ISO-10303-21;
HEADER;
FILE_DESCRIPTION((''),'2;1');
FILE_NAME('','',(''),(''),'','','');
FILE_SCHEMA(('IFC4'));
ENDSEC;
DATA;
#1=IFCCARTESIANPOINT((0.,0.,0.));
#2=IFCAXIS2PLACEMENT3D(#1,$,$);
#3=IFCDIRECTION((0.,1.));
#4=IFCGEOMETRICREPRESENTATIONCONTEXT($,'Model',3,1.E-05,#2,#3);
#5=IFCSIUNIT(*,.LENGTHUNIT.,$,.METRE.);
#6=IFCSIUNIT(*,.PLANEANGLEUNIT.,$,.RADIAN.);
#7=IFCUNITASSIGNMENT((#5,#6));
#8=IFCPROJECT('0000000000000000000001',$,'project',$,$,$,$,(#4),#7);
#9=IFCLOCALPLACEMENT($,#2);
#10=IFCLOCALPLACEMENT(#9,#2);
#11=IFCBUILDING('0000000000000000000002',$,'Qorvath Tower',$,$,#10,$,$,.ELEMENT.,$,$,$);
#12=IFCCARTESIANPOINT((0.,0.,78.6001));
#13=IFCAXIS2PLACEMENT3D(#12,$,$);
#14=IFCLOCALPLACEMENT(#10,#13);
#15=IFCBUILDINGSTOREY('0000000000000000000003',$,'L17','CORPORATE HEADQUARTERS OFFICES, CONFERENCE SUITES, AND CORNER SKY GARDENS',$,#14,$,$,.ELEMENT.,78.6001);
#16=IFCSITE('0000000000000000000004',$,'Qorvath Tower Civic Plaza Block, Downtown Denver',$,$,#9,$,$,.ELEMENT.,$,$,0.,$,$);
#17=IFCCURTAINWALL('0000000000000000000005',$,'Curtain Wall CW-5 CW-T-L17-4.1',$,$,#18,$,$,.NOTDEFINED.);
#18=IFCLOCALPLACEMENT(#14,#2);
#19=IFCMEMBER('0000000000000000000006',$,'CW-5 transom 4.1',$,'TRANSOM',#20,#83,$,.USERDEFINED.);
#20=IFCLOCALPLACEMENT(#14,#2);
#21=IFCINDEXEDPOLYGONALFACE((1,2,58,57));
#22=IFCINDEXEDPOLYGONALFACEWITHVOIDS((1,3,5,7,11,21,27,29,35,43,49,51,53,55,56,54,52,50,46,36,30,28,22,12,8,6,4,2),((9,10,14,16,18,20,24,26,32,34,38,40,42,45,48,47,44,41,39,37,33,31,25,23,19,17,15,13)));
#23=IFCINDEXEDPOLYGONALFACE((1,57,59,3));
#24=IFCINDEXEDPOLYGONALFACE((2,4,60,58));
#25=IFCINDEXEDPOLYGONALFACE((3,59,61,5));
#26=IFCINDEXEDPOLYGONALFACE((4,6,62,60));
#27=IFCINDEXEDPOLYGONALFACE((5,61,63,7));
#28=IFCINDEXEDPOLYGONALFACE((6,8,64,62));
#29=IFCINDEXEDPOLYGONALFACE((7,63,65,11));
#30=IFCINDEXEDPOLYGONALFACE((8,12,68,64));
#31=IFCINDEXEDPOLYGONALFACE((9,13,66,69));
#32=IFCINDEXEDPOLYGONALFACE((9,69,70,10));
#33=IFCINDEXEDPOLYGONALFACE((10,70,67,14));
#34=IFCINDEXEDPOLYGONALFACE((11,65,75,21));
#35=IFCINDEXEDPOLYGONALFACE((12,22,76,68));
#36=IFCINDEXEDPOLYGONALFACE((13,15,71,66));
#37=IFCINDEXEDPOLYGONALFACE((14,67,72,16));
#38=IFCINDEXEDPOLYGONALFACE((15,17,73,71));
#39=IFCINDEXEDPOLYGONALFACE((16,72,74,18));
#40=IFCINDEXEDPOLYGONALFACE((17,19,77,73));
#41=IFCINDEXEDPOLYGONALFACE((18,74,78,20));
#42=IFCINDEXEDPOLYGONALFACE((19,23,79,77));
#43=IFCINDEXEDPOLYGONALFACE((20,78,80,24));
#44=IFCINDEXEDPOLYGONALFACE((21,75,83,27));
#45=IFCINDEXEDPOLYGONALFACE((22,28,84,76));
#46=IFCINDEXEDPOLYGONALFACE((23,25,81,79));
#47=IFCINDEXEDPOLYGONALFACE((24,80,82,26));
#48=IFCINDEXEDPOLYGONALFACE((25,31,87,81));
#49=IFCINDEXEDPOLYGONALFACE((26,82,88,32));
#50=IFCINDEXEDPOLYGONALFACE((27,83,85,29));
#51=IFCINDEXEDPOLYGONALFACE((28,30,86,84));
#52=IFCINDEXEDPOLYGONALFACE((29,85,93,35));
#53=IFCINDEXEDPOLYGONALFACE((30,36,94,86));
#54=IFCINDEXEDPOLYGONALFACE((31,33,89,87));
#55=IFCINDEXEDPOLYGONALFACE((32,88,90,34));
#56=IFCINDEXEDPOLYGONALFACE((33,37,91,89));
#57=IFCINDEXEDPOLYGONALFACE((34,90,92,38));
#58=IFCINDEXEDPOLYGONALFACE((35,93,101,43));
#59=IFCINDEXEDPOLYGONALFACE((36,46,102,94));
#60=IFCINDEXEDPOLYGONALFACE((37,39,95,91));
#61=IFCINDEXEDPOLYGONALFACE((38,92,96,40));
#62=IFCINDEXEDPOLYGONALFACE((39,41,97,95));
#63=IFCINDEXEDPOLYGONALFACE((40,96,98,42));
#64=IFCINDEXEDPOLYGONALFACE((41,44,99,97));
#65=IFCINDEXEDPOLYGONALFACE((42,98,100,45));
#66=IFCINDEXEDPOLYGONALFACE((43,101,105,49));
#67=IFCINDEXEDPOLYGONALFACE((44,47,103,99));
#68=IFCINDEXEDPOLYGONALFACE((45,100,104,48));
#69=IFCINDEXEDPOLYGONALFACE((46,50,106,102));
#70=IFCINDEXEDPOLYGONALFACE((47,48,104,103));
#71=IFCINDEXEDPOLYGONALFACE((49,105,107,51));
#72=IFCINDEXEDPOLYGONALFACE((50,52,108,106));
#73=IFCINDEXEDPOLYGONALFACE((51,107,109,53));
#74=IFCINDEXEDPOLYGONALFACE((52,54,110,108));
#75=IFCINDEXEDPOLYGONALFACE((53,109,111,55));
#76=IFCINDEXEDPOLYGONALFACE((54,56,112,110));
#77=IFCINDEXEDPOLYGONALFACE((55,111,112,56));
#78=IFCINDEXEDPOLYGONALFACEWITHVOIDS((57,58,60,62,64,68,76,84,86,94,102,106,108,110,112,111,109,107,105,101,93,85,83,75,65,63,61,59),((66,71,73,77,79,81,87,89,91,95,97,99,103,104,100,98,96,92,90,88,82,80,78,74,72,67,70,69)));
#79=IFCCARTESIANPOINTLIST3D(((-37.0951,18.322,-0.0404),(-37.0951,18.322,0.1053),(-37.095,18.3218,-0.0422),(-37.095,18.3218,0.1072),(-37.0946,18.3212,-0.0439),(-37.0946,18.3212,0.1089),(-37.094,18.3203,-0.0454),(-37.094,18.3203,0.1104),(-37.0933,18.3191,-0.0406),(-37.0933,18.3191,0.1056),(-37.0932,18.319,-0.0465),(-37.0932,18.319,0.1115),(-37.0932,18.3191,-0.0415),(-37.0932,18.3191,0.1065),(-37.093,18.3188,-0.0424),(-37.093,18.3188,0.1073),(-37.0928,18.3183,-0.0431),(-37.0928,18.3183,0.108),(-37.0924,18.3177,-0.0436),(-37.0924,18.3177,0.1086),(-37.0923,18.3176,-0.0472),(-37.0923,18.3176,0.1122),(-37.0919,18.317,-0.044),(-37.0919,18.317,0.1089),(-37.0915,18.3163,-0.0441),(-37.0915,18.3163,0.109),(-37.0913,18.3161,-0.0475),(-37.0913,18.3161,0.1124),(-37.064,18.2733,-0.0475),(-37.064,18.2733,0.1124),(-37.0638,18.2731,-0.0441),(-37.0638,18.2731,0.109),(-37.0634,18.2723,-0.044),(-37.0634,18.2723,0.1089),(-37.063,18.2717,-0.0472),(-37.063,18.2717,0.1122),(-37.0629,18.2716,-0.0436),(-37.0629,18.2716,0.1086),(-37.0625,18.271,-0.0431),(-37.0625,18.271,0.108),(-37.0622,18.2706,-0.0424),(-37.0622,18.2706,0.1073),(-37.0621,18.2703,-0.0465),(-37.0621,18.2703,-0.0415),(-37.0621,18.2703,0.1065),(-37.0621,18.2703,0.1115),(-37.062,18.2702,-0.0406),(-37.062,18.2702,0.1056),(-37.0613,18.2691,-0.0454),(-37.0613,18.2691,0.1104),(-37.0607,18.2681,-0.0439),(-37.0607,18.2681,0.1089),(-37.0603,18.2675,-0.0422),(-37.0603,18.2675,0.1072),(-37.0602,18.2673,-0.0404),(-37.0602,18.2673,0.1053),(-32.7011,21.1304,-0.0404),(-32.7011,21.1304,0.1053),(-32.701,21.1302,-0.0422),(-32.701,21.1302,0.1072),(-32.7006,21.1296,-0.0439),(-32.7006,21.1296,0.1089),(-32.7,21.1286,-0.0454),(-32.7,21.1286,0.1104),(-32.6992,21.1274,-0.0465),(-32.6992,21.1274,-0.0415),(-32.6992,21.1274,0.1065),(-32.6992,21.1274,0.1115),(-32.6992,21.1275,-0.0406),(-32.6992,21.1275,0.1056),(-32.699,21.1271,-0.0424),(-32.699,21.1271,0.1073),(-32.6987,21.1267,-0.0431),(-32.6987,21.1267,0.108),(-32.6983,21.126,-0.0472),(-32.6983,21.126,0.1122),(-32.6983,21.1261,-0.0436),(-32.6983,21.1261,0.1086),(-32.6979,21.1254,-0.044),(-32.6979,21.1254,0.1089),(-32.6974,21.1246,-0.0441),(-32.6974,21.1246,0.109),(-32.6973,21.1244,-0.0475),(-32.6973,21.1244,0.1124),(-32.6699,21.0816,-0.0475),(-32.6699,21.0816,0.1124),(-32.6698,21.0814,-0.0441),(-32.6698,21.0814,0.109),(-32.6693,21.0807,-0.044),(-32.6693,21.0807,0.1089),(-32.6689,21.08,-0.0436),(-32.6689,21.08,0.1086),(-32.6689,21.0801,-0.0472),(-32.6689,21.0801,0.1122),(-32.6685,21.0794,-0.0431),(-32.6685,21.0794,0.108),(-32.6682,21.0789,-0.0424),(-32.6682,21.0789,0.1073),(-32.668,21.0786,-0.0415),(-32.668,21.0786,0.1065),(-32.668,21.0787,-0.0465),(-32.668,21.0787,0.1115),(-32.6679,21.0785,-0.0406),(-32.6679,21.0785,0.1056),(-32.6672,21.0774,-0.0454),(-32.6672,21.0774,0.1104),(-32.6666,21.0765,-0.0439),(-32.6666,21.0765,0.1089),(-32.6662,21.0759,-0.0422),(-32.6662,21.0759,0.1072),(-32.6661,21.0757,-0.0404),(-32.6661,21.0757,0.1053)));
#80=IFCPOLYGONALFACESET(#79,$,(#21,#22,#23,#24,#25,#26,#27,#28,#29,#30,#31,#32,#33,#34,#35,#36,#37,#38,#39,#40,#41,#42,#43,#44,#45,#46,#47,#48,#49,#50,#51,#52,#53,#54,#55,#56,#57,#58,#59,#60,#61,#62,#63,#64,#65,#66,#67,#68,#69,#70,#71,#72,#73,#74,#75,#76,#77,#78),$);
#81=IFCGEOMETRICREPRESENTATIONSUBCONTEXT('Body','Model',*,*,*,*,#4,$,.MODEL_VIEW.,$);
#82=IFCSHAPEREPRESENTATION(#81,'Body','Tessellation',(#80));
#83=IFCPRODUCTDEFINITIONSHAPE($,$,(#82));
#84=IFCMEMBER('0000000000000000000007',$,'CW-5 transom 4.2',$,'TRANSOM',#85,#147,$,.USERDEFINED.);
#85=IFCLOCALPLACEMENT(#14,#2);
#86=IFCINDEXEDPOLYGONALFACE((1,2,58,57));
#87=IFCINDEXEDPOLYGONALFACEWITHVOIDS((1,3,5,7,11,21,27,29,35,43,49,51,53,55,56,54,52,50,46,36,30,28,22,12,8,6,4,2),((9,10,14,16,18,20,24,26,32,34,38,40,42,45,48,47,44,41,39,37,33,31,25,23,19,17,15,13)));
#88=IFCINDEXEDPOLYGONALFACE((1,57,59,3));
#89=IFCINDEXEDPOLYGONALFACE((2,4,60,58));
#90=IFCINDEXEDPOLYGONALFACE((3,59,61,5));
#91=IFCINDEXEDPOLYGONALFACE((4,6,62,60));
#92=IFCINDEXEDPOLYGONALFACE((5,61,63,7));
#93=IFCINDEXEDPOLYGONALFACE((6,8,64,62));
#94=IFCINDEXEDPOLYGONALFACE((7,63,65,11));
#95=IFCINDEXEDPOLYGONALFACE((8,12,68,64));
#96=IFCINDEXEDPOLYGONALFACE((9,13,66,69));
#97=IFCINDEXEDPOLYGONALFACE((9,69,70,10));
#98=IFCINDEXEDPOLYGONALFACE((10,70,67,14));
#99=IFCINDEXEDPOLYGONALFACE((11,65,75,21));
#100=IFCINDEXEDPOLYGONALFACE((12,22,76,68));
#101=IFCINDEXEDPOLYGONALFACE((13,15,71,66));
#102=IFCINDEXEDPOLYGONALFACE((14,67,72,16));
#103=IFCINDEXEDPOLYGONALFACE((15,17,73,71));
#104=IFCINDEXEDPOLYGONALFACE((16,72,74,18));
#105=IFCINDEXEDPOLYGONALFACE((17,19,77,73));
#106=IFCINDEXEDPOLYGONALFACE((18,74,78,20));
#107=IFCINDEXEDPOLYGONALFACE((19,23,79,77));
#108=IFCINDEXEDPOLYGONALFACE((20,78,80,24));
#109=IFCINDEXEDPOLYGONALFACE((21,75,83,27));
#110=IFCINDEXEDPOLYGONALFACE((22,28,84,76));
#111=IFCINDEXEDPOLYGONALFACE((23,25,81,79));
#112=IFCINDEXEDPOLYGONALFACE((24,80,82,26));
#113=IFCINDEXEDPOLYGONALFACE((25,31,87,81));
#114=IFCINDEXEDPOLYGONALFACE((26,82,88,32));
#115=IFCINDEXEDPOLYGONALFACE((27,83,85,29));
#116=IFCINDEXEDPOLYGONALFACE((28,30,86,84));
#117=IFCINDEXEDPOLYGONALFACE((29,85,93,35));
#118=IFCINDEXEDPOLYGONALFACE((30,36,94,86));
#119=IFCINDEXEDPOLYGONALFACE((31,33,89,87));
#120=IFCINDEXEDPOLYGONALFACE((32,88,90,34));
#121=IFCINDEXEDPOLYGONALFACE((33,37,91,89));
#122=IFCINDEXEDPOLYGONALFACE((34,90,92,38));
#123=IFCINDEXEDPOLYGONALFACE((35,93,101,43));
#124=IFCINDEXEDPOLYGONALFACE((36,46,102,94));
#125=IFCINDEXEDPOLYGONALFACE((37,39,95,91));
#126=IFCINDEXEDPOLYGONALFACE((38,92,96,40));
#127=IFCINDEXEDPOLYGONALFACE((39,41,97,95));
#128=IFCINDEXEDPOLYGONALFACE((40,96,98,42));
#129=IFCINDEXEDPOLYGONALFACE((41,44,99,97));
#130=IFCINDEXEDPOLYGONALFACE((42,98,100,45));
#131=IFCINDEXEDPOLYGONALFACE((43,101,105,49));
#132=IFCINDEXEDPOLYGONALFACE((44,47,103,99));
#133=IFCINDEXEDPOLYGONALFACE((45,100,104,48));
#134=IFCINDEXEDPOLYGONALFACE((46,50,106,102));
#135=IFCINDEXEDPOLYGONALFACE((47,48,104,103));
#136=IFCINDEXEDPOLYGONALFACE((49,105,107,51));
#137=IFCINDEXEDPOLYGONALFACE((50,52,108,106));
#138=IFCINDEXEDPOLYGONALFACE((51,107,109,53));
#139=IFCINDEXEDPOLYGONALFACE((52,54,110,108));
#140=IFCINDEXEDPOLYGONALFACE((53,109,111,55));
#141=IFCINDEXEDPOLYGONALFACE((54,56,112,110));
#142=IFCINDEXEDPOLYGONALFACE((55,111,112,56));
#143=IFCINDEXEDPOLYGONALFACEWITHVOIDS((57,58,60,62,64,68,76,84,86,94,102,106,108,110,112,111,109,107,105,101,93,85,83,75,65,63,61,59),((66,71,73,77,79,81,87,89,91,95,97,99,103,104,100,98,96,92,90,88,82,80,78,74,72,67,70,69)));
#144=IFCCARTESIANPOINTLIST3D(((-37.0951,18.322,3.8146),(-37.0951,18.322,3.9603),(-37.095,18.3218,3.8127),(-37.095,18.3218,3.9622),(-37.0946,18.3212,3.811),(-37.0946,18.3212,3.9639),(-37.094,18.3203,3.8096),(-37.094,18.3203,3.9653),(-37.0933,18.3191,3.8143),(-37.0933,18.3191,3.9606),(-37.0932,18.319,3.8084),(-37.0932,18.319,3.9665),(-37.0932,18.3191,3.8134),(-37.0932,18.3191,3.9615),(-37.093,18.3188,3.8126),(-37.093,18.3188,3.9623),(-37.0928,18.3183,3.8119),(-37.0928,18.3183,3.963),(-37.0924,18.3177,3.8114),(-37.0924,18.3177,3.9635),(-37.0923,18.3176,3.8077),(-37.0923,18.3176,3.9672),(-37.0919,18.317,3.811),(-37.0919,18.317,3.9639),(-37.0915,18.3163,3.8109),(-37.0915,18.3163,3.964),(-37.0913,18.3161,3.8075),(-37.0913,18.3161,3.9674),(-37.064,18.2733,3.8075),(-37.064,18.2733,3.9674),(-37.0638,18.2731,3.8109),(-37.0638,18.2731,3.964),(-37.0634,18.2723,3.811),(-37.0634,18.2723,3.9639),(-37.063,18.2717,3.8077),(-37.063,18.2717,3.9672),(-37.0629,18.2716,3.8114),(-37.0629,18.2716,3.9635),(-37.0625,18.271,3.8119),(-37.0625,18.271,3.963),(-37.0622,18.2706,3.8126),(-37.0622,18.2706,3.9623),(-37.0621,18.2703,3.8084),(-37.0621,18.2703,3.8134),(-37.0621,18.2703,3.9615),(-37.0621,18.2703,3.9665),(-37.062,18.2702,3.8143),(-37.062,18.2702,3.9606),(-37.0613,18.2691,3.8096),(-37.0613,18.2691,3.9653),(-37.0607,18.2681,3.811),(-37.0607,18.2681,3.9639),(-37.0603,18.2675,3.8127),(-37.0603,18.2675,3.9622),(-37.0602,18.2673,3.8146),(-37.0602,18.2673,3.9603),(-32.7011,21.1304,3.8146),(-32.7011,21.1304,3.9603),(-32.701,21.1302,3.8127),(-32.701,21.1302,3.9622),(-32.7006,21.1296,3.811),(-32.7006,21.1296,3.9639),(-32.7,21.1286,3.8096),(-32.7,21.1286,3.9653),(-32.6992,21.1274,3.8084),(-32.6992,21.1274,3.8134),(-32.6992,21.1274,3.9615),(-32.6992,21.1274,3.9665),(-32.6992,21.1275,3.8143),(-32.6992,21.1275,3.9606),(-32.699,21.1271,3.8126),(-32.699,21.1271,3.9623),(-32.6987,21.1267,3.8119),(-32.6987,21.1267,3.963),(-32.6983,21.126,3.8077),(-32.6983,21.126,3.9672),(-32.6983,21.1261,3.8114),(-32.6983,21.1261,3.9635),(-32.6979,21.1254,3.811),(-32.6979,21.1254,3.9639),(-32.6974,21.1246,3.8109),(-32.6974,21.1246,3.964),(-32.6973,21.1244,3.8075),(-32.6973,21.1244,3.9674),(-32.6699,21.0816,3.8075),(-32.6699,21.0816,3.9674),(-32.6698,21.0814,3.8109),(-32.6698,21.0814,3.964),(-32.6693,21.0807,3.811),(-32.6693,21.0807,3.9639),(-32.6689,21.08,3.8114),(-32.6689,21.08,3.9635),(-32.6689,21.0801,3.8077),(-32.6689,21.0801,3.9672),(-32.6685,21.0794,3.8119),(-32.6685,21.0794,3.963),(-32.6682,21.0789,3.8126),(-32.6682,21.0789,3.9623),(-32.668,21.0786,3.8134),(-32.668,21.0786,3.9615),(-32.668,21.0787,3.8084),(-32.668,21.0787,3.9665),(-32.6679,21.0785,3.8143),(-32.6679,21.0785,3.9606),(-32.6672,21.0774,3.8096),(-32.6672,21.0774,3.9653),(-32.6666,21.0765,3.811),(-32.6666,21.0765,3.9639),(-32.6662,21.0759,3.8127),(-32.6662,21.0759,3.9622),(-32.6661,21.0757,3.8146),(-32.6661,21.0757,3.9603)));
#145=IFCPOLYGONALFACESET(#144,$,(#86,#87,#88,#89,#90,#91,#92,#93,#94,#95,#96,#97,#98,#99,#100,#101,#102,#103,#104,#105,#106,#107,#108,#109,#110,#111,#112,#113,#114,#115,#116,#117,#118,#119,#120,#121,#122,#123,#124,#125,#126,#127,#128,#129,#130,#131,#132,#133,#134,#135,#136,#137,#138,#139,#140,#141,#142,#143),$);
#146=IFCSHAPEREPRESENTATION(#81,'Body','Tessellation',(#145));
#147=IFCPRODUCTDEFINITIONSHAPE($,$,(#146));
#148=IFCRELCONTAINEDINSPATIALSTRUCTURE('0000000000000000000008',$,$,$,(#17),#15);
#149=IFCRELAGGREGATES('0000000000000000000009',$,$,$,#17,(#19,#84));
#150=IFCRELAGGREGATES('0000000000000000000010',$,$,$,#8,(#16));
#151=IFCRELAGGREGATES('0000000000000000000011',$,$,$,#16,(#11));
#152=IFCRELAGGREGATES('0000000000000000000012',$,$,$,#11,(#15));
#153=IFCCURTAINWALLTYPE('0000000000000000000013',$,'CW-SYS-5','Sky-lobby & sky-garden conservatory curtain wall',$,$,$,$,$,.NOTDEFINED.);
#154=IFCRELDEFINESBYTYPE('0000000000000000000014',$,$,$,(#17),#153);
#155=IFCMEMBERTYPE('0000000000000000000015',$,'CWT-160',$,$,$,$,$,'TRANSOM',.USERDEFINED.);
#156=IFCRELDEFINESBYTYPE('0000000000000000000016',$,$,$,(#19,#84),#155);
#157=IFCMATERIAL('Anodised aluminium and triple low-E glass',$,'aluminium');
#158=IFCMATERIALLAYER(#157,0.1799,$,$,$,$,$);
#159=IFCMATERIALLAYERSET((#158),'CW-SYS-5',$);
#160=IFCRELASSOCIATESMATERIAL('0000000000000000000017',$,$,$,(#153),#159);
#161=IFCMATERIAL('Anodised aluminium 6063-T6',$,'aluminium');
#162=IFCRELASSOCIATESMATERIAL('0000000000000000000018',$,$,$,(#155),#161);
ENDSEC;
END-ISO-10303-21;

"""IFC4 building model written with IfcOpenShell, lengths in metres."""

from ifc_helpers import new_model, si_unit, direction, frame, origin, origin_2d, place, context, subcontext, project, spatial, hollow_rectangle, extrude, material, layer, layer_set, material_profile, profile_set, type_object, element, aggregate, save


model = new_model("IFC4")

# Units and contexts
model_context = context("Model", 3, precision=1e-05, world=origin(), true_north=direction((0.0, 1.0)))
body_context = subcontext(model_context, "Body", "Model", "MODEL_VIEW")
ifc_project = project(units=[si_unit("LENGTHUNIT", "METRE"), si_unit("PLANEANGLEUNIT", "RADIAN")], contexts=[model_context])

# Site, building, storey
site_placement = place(None, origin())
site = spatial("IfcSite", under=ifc_project, at=site_placement, Name="Qorvath Tower Civic Plaza Block, Downtown Denver", CompositionType="ELEMENT", RefElevation=0.0)
building_placement = place(site_placement, origin())
building = spatial("IfcBuilding", under=site, at=building_placement, Name="Qorvath Tower", CompositionType="ELEMENT")
storey_placement = place(building_placement, frame((0.0, 0.0, 78.6001)))
storey = spatial("IfcBuildingStorey", under=building, at=storey_placement, Name="L17", Description="CORPORATE HEADQUARTERS OFFICES, CONFERENCE SUITES, AND CORNER SKY GARDENS", CompositionType="ELEMENT", Elevation=78.6001)

# Curtain wall, members
ifc_material_1 = material(Name="Anodised aluminium and triple low-E glass", Category="aluminium")
ifc_layer_1 = layer(ifc_material_1, 0.1799)
ifc_layer_set_1 = layer_set([ifc_layer_1], Name="CW-SYS-5")
curtain_wall_type = type_object("IfcCurtainWallType", Name="CW-SYS-5", Description="Sky-lobby & sky-garden conservatory curtain wall", PredefinedType="NOTDEFINED", material=ifc_layer_set_1)
curtain_wall_placement = place(storey_placement, origin())
curtain_wall = element("IfcCurtainWall", 1, at=curtain_wall_placement, inside=storey, type_object=curtain_wall_type, Name="Curtain Wall CW-5 CW-T-L17-4.1", PredefinedType="NOTDEFINED")
ifc_material_2 = material(Name="Anodised aluminium 6063-T6", Category="aluminium")
ifc_material_profile_1 = material_profile(ifc_material_2, hollow_rectangle(XDim=0.0649, YDim=0.1599, WallThickness=0.0034, InnerFilletRadius=0.0034, OuterFilletRadius=0.0071, at=origin_2d()), Name="CWT 160x65")
ifc_profile_set_1 = profile_set([ifc_material_profile_1], Name="Anodised aluminium 6063-T6")
member_type_1 = type_object("IfcMemberType", Name="CWT-160", ElementType="TRANSOM", PredefinedType="USERDEFINED", material=ifc_profile_set_1)
member_1_placement = place(storey_placement, frame((-32.6836, 21.103, 0.0325), z_axis=(-0.842605, -0.538531, 0.0), x_axis=(0.538531, -0.842605, 0.0)))
member_1 = element("IfcMember", 2, at=member_1_placement, type_object=member_type_1, Name="CW-5 transom 4.1", ObjectType="TRANSOM", PredefinedType="USERDEFINED", context=body_context, shape_type="SweptSolid", body=[
    extrude(hollow_rectangle(XDim=0.0649, YDim=0.1599, WallThickness=0.0034, InnerFilletRadius=0.0034, OuterFilletRadius=0.0071, at=origin_2d()), origin(), (0.0, 0.0, 1.0), 5.2148),
])
member_2_placement = place(storey_placement, frame((-32.6836, 21.103, 3.8875), z_axis=(-0.842605, -0.538531, 0.0), x_axis=(0.538531, -0.842605, 0.0)))
member_2 = element("IfcMember", 3, at=member_2_placement, type_object=member_type_1, Name="CW-5 transom 4.2", ObjectType="TRANSOM", PredefinedType="USERDEFINED", context=body_context, shape_type="SweptSolid", body=[
    extrude(hollow_rectangle(XDim=0.0649, YDim=0.1599, WallThickness=0.0034, InnerFilletRadius=0.0034, OuterFilletRadius=0.0071, at=origin_2d()), origin(), (0.0, 0.0, 1.0), 5.2148),
])
aggregate(curtain_wall, [member_1, member_2])

save(model, "model.ifc")
